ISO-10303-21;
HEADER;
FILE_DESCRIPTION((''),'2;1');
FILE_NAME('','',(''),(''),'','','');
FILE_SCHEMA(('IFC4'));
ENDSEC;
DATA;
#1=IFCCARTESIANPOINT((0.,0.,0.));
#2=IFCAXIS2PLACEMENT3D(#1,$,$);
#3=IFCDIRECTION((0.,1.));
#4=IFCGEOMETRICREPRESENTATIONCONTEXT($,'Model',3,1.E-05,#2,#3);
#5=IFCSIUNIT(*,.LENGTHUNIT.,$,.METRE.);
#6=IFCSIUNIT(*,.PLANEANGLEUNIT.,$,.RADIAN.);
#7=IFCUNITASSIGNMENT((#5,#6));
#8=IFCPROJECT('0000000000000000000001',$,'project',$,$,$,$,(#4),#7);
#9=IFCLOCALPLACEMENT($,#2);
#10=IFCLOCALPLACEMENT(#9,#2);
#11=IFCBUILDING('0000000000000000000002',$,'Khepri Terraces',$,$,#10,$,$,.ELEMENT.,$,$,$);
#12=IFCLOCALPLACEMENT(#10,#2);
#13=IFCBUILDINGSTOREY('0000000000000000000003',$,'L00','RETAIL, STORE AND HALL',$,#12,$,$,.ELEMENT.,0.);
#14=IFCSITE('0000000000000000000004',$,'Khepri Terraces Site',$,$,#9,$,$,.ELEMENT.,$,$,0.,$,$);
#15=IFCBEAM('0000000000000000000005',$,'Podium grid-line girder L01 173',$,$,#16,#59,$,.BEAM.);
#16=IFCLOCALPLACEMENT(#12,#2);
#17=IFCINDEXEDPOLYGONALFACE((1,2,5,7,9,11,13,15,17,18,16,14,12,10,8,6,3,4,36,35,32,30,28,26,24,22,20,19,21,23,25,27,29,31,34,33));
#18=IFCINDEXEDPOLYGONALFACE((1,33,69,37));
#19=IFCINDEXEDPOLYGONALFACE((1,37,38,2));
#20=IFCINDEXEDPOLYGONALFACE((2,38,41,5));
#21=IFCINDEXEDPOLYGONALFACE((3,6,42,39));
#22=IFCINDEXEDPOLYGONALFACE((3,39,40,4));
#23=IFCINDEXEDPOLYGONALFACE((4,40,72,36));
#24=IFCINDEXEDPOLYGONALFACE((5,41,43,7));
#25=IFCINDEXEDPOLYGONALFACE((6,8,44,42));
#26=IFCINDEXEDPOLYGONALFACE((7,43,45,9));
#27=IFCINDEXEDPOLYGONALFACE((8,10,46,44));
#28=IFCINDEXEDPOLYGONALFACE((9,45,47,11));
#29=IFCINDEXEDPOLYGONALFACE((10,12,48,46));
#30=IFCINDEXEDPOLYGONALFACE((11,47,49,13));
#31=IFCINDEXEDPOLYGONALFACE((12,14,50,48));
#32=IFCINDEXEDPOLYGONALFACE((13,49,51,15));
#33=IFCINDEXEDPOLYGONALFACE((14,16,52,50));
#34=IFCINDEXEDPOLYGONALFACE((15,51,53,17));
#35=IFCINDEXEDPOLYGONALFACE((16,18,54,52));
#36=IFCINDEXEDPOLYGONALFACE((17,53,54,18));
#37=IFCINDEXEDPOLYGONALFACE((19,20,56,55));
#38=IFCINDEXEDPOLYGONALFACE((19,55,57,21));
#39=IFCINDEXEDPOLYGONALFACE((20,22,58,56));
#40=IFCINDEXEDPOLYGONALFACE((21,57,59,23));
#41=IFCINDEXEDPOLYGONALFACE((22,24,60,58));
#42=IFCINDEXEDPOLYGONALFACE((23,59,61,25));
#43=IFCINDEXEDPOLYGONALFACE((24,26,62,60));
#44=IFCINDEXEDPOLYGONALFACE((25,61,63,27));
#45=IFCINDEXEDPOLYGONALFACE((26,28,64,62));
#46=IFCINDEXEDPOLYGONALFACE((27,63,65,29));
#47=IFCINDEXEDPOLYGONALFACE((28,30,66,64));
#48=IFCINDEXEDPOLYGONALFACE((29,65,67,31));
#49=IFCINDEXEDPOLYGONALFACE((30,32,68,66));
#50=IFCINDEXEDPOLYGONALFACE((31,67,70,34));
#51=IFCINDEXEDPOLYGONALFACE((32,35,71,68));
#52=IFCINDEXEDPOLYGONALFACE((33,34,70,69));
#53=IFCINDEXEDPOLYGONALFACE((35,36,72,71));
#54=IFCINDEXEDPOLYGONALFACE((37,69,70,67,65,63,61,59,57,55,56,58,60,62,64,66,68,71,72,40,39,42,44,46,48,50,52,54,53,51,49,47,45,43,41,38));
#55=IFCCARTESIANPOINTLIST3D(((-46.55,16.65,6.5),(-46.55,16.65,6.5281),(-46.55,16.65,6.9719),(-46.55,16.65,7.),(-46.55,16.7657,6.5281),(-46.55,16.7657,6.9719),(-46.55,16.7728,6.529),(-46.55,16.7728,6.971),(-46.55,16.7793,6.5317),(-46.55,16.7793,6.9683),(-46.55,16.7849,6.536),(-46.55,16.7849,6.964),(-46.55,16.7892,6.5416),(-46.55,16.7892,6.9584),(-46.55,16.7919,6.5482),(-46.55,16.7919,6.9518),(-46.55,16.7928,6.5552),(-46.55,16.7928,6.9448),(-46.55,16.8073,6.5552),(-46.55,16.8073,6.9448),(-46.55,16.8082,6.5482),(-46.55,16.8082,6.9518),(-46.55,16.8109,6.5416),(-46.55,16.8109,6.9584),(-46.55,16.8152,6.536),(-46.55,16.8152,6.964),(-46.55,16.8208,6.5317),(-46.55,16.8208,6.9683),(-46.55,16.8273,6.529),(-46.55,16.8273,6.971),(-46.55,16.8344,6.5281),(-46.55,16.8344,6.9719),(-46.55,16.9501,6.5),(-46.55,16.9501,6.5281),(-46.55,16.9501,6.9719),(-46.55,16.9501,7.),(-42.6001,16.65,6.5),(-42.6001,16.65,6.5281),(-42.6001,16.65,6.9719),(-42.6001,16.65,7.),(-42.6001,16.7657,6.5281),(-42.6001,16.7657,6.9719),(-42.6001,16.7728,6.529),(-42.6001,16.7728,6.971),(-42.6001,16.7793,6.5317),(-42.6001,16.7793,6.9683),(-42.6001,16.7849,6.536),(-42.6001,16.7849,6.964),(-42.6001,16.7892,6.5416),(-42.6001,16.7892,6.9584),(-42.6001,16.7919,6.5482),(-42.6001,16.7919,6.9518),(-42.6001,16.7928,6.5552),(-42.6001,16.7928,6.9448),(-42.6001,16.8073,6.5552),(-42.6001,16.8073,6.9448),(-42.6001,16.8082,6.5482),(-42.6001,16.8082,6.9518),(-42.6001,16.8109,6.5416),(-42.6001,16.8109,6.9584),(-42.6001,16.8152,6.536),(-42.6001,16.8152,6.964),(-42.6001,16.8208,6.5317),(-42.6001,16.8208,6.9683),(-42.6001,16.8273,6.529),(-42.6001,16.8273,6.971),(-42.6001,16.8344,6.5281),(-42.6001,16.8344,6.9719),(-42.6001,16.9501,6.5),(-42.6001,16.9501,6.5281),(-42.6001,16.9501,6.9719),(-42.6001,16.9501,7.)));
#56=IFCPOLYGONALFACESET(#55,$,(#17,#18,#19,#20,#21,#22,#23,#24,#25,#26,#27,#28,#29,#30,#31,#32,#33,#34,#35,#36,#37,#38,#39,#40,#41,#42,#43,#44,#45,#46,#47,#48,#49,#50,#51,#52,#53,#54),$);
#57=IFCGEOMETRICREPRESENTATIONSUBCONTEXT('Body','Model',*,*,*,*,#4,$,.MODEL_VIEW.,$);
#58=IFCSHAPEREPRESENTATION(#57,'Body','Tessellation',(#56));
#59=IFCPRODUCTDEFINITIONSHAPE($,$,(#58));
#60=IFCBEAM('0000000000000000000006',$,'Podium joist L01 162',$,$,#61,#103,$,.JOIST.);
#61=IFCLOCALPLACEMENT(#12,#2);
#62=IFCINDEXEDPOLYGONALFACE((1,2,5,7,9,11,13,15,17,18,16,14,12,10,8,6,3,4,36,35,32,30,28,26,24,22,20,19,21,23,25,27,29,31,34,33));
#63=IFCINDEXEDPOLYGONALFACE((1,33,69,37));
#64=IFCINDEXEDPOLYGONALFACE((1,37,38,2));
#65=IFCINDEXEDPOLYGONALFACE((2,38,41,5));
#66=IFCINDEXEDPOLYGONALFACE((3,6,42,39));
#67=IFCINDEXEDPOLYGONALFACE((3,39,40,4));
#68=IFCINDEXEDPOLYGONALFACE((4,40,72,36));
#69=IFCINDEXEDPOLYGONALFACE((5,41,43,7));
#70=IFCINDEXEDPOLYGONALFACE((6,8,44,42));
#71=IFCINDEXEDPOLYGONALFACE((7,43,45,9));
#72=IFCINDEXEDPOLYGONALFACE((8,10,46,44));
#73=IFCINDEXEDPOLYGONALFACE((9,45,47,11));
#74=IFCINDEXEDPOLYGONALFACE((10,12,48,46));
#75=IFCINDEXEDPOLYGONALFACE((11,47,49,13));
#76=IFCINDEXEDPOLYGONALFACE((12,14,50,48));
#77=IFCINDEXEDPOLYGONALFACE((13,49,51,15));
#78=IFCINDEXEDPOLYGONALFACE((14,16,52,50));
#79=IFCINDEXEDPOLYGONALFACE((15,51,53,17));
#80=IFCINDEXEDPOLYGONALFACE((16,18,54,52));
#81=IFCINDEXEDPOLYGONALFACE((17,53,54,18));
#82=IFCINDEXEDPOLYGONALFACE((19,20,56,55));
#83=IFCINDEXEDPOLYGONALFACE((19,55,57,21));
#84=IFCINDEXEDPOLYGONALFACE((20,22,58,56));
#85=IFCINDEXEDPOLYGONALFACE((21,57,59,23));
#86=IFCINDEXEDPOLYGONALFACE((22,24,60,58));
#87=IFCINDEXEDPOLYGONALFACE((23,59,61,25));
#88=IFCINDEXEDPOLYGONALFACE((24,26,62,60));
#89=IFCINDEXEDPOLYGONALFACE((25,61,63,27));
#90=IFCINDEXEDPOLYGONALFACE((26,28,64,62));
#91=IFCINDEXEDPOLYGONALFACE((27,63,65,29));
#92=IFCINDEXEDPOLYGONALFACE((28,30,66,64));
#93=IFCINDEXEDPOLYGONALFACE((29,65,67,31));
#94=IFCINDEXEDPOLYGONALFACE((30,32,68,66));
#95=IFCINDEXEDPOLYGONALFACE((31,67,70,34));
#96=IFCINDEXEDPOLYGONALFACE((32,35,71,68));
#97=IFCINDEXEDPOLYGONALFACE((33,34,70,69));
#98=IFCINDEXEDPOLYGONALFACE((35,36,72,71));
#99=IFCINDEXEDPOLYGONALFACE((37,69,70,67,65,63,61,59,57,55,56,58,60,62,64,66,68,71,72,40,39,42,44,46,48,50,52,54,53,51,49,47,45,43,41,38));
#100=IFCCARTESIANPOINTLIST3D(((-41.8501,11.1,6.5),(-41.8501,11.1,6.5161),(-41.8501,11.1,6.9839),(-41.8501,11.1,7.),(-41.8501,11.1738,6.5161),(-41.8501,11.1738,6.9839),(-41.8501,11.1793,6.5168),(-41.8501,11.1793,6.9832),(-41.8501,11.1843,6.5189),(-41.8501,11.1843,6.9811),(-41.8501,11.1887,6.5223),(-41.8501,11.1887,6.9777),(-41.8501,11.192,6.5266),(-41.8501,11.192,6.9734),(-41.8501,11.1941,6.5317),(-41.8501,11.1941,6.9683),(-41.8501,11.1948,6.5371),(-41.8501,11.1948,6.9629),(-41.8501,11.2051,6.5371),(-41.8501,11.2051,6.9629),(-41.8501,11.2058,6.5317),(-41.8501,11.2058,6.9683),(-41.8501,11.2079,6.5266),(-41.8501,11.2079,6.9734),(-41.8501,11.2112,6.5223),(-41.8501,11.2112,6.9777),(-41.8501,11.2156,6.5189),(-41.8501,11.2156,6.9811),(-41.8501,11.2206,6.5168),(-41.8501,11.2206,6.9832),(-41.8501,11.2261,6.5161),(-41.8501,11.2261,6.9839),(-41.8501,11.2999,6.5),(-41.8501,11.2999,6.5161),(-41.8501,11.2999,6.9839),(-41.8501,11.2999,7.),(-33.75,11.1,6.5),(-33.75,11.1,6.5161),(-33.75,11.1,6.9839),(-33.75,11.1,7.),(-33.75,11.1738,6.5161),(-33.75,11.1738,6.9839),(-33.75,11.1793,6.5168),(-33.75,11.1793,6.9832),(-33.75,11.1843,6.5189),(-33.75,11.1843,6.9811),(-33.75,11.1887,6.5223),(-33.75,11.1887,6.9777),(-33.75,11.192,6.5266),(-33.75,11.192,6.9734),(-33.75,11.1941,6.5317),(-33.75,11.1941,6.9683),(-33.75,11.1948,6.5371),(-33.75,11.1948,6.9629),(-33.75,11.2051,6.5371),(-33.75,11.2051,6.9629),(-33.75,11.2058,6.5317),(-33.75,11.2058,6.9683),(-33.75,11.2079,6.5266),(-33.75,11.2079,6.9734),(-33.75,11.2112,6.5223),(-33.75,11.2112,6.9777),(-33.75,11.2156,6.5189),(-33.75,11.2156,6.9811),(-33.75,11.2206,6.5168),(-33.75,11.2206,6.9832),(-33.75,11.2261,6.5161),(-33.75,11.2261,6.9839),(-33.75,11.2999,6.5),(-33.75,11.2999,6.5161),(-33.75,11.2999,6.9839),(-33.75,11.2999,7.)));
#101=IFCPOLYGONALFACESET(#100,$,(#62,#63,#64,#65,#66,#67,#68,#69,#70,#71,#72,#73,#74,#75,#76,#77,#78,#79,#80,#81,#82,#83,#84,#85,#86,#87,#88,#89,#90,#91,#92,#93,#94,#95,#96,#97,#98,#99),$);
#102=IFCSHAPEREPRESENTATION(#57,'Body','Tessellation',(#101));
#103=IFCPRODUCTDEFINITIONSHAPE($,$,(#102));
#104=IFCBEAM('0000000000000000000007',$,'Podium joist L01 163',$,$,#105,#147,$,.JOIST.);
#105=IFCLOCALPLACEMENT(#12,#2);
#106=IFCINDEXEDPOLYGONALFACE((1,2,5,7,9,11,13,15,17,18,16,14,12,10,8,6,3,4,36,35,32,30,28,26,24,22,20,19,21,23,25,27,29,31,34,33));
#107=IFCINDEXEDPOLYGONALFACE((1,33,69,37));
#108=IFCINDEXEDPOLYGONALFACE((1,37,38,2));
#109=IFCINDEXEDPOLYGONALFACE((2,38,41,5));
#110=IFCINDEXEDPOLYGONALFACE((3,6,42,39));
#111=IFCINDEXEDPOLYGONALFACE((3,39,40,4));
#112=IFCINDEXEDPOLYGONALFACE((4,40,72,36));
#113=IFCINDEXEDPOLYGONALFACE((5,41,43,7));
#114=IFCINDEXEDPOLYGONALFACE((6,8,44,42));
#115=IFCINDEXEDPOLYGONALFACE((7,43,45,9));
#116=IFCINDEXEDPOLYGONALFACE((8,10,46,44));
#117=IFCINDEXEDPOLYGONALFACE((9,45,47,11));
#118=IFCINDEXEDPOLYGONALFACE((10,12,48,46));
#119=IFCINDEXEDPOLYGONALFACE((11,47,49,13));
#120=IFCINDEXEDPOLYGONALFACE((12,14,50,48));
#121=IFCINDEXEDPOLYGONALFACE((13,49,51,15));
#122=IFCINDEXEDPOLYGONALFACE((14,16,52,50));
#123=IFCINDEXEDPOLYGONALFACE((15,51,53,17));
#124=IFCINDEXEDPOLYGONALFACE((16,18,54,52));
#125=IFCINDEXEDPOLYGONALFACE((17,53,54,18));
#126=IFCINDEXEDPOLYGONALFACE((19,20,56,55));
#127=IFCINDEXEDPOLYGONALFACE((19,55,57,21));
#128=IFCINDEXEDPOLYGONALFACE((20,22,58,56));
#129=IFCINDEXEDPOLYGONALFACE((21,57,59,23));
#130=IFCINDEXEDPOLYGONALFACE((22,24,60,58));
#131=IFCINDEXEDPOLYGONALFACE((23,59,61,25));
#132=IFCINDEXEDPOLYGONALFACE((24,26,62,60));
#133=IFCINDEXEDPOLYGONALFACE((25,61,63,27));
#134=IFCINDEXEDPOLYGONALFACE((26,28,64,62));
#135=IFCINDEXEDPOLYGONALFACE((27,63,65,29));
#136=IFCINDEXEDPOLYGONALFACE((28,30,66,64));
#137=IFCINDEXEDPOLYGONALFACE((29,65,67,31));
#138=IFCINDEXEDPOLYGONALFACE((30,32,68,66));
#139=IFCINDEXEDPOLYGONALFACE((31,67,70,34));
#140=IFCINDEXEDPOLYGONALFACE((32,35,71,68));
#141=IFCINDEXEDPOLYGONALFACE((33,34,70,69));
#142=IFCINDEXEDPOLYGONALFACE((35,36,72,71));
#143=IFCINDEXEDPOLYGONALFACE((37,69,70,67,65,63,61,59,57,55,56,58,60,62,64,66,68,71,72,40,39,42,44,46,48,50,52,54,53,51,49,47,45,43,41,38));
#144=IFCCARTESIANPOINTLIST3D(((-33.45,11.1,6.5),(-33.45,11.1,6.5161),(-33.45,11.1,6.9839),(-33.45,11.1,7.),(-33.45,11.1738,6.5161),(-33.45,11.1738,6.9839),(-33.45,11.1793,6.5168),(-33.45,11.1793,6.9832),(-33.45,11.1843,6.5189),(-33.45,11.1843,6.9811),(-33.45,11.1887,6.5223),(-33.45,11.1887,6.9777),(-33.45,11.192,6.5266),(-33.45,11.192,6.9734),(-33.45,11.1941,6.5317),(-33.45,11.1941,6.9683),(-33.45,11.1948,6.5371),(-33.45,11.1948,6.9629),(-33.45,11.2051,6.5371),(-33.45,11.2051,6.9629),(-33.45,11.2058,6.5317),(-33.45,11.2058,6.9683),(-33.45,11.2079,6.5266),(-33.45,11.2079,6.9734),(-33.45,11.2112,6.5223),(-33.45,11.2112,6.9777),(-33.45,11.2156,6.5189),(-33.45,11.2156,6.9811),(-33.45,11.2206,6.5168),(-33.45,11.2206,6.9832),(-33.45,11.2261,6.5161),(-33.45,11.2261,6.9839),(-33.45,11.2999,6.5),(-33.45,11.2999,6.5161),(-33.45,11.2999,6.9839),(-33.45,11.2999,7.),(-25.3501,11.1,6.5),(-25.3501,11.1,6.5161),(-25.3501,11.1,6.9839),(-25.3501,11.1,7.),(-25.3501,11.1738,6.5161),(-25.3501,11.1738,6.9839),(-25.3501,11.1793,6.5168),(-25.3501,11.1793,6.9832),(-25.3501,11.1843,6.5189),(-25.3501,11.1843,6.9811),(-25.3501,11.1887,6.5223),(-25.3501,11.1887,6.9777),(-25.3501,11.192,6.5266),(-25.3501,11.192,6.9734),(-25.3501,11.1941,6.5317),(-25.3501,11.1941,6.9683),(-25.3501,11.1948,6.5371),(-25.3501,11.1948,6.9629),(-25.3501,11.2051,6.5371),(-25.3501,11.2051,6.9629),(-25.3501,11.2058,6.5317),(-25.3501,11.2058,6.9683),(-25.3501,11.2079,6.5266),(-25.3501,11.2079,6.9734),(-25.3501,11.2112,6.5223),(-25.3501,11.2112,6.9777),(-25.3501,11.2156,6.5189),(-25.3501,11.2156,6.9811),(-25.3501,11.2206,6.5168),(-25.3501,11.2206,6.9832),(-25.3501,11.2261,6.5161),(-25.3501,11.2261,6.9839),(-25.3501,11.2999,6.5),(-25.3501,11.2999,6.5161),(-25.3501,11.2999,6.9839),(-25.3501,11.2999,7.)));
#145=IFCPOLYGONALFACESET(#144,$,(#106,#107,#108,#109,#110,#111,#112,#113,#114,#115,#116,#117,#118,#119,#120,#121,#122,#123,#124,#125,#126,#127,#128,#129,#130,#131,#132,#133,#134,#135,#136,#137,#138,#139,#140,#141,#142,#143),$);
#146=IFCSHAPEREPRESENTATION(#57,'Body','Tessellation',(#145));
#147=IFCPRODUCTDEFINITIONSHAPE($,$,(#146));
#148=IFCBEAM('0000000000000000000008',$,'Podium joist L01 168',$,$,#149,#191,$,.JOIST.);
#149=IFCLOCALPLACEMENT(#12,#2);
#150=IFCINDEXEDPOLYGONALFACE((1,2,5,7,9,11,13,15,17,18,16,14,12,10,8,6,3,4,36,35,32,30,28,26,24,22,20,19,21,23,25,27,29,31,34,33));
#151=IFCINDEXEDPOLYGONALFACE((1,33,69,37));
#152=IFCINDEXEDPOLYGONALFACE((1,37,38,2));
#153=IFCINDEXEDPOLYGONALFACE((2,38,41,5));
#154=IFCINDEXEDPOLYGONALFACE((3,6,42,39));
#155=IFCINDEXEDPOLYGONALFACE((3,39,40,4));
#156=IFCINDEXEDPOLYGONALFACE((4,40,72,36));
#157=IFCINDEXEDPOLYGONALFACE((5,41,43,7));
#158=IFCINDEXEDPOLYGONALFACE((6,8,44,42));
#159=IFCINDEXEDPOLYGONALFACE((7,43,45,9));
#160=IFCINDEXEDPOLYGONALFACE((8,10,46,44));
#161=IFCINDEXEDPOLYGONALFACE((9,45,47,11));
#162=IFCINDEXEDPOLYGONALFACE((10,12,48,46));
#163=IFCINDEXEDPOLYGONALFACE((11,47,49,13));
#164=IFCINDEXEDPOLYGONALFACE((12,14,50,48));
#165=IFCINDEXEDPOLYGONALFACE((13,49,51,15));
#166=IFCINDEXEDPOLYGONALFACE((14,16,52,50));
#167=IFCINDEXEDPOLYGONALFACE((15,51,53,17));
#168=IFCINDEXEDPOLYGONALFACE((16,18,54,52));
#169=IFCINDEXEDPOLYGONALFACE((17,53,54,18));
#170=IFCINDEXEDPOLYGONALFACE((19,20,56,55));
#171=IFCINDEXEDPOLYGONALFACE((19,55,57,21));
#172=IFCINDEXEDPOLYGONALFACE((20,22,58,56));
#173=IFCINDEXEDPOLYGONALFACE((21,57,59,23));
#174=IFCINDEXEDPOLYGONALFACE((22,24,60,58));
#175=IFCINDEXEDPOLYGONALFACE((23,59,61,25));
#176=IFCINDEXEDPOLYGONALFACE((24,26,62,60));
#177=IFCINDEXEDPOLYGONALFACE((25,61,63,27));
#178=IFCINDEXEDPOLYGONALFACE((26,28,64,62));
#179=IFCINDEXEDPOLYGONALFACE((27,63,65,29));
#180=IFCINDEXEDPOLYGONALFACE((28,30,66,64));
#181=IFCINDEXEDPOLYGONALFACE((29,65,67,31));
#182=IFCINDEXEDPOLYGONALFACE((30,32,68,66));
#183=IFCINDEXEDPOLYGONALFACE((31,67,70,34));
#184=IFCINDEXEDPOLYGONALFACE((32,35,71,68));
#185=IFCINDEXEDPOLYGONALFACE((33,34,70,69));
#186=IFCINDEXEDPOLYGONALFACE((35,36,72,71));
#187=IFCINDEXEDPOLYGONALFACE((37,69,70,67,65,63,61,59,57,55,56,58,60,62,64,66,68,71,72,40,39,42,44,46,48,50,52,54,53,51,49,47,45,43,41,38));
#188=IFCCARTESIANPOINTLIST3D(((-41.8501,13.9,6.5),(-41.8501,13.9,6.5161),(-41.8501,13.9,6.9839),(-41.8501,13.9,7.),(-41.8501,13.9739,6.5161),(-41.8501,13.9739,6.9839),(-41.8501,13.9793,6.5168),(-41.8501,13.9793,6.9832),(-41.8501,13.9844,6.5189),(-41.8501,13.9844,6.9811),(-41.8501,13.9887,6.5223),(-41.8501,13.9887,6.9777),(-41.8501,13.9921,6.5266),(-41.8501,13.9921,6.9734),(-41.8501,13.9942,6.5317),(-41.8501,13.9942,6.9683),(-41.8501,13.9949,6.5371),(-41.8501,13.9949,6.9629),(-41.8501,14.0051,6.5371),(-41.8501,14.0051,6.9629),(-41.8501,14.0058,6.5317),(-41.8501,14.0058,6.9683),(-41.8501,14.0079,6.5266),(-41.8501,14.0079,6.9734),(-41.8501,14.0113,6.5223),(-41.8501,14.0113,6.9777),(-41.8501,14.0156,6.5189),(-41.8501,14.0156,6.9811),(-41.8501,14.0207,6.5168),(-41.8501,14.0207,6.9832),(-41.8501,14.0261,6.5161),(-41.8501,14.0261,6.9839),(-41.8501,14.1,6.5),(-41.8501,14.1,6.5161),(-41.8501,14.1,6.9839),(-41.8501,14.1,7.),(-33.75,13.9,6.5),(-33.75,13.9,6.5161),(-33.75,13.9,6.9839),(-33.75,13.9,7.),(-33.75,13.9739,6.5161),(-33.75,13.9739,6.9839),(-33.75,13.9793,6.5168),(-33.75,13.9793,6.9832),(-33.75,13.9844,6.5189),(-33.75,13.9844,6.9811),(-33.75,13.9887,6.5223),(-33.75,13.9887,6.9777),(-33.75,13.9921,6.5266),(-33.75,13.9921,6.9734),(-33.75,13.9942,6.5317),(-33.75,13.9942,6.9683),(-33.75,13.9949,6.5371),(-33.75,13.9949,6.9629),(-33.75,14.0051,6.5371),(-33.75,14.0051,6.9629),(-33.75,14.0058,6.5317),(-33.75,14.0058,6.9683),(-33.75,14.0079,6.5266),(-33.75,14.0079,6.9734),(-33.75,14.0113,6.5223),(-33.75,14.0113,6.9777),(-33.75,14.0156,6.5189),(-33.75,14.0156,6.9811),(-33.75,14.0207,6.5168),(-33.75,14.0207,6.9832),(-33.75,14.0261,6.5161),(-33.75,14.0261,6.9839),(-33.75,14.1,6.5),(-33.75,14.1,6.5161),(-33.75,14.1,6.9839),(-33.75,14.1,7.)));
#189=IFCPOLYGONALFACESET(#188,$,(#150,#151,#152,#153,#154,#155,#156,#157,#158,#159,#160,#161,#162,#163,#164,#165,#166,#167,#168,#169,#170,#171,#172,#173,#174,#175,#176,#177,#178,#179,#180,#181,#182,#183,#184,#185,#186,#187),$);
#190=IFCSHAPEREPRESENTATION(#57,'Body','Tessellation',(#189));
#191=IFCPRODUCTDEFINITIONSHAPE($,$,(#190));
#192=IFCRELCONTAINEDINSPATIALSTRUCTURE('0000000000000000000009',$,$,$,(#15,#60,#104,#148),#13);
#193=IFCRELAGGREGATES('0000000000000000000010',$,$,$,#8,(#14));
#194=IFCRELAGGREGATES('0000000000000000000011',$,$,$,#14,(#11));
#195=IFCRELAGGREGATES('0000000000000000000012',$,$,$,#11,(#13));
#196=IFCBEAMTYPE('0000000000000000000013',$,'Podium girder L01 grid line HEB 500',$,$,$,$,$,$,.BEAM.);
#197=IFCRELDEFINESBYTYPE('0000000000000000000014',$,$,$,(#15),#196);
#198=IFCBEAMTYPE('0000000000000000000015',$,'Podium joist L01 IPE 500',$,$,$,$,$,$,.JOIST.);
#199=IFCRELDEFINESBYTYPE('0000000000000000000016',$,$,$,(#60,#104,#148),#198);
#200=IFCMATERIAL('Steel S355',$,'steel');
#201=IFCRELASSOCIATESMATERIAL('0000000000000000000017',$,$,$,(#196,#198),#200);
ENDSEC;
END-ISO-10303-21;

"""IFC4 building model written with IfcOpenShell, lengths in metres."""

from ifc_helpers import new_model, si_unit, direction, frame, origin, origin_2d, place, context, subcontext, project, spatial, i_section, extrude, material, material_profile, profile_set, type_object, element, save


model = new_model("IFC4")

# Units and contexts
model_context = context("Model", 3, precision=1e-05, world=origin(), true_north=direction((0.0, 1.0)))
body_context = subcontext(model_context, "Body", "Model", "MODEL_VIEW")
ifc_project = project(units=[si_unit("LENGTHUNIT", "METRE"), si_unit("PLANEANGLEUNIT", "RADIAN")], contexts=[model_context])

# Site, building, storey
site_placement = place(None, origin())
site = spatial("IfcSite", under=ifc_project, at=site_placement, Name="Khepri Terraces Site", CompositionType="ELEMENT", RefElevation=0.0)
building_placement = place(site_placement, origin())
building = spatial("IfcBuilding", under=site, at=building_placement, Name="Khepri Terraces", CompositionType="ELEMENT")
storey_placement = place(building_placement, origin())
storey = spatial("IfcBuildingStorey", under=building, at=storey_placement, Name="L00", Description="RETAIL, STORE AND HALL", CompositionType="ELEMENT", Elevation=0.0)

# Beams
ifc_material_1 = material(Name="Steel S355", Category="steel")
ifc_material_profile_1 = material_profile(ifc_material_1, i_section(OverallWidth=0.3, OverallDepth=0.5, WebThickness=0.0144, FlangeThickness=0.0281, FilletRadius=0.0271, at=origin_2d()), Name="Steel S355", Category="steel")
ifc_profile_set_1 = profile_set([ifc_material_profile_1], Name="Steel S355")
beam_type_1 = type_object("IfcBeamType", Name="Podium girder L01 grid line HEB 500", PredefinedType="BEAM", material=ifc_profile_set_1)
beam_1_placement = place(storey_placement, frame((-46.55, 16.8, 6.75), z_axis=(1.0, 0.0, 0.0), x_axis=(0.0, 1.0, 0.0)))
element("IfcBeam", 1, at=beam_1_placement, inside=storey, type_object=beam_type_1, Name="Podium grid-line girder L01 173", PredefinedType="BEAM", context=body_context, shape_type="SweptSolid", body=[
    extrude(i_section(OverallWidth=0.3, OverallDepth=0.5, WebThickness=0.0144, FlangeThickness=0.0281, FilletRadius=0.0271, at=origin_2d()), origin(), (0.0, 0.0, 1.0), 3.95),
])
ifc_material_profile_2 = material_profile(ifc_material_1, i_section(OverallWidth=0.2, OverallDepth=0.5, WebThickness=0.0103, FlangeThickness=0.0161, FilletRadius=0.021, at=origin_2d()), Name="Steel S355", Category="steel")
ifc_profile_set_2 = profile_set([ifc_material_profile_2], Name="Steel S355")
beam_type_2 = type_object("IfcBeamType", Name="Podium joist L01 IPE 500", PredefinedType="JOIST", material=ifc_profile_set_2)
beam_2_placement = place(storey_placement, frame((-41.8501, 11.2, 6.75), z_axis=(1.0, 0.0, 0.0), x_axis=(0.0, 1.0, 0.0)))
element("IfcBeam", 2, at=beam_2_placement, inside=storey, type_object=beam_type_2, Name="Podium joist L01 162", PredefinedType="JOIST", context=body_context, shape_type="SweptSolid", body=[
    extrude(i_section(OverallWidth=0.2, OverallDepth=0.5, WebThickness=0.0103, FlangeThickness=0.0161, FilletRadius=0.021, at=origin_2d()), origin(), (0.0, 0.0, 1.0), 8.1001),
])
beam_3_placement = place(storey_placement, frame((-33.45, 11.2, 6.75), z_axis=(1.0, 0.0, 0.0), x_axis=(0.0, 1.0, 0.0)))
element("IfcBeam", 3, at=beam_3_placement, inside=storey, type_object=beam_type_2, Name="Podium joist L01 163", PredefinedType="JOIST", context=body_context, shape_type="SweptSolid", body=[
    extrude(i_section(OverallWidth=0.2, OverallDepth=0.5, WebThickness=0.0103, FlangeThickness=0.0161, FilletRadius=0.021, at=origin_2d()), origin(), (0.0, 0.0, 1.0), 8.0999),
])
beam_4_placement = place(storey_placement, frame((-41.8501, 14.0, 6.75), z_axis=(1.0, 0.0, 0.0), x_axis=(0.0, 1.0, 0.0)))
element("IfcBeam", 4, at=beam_4_placement, inside=storey, type_object=beam_type_2, Name="Podium joist L01 168", PredefinedType="JOIST", context=body_context, shape_type="SweptSolid", body=[
    extrude(i_section(OverallWidth=0.2, OverallDepth=0.5, WebThickness=0.0103, FlangeThickness=0.0161, FilletRadius=0.021, at=origin_2d()), origin(), (0.0, 0.0, 1.0), 8.1001),
])

save(model, "model.ifc")
